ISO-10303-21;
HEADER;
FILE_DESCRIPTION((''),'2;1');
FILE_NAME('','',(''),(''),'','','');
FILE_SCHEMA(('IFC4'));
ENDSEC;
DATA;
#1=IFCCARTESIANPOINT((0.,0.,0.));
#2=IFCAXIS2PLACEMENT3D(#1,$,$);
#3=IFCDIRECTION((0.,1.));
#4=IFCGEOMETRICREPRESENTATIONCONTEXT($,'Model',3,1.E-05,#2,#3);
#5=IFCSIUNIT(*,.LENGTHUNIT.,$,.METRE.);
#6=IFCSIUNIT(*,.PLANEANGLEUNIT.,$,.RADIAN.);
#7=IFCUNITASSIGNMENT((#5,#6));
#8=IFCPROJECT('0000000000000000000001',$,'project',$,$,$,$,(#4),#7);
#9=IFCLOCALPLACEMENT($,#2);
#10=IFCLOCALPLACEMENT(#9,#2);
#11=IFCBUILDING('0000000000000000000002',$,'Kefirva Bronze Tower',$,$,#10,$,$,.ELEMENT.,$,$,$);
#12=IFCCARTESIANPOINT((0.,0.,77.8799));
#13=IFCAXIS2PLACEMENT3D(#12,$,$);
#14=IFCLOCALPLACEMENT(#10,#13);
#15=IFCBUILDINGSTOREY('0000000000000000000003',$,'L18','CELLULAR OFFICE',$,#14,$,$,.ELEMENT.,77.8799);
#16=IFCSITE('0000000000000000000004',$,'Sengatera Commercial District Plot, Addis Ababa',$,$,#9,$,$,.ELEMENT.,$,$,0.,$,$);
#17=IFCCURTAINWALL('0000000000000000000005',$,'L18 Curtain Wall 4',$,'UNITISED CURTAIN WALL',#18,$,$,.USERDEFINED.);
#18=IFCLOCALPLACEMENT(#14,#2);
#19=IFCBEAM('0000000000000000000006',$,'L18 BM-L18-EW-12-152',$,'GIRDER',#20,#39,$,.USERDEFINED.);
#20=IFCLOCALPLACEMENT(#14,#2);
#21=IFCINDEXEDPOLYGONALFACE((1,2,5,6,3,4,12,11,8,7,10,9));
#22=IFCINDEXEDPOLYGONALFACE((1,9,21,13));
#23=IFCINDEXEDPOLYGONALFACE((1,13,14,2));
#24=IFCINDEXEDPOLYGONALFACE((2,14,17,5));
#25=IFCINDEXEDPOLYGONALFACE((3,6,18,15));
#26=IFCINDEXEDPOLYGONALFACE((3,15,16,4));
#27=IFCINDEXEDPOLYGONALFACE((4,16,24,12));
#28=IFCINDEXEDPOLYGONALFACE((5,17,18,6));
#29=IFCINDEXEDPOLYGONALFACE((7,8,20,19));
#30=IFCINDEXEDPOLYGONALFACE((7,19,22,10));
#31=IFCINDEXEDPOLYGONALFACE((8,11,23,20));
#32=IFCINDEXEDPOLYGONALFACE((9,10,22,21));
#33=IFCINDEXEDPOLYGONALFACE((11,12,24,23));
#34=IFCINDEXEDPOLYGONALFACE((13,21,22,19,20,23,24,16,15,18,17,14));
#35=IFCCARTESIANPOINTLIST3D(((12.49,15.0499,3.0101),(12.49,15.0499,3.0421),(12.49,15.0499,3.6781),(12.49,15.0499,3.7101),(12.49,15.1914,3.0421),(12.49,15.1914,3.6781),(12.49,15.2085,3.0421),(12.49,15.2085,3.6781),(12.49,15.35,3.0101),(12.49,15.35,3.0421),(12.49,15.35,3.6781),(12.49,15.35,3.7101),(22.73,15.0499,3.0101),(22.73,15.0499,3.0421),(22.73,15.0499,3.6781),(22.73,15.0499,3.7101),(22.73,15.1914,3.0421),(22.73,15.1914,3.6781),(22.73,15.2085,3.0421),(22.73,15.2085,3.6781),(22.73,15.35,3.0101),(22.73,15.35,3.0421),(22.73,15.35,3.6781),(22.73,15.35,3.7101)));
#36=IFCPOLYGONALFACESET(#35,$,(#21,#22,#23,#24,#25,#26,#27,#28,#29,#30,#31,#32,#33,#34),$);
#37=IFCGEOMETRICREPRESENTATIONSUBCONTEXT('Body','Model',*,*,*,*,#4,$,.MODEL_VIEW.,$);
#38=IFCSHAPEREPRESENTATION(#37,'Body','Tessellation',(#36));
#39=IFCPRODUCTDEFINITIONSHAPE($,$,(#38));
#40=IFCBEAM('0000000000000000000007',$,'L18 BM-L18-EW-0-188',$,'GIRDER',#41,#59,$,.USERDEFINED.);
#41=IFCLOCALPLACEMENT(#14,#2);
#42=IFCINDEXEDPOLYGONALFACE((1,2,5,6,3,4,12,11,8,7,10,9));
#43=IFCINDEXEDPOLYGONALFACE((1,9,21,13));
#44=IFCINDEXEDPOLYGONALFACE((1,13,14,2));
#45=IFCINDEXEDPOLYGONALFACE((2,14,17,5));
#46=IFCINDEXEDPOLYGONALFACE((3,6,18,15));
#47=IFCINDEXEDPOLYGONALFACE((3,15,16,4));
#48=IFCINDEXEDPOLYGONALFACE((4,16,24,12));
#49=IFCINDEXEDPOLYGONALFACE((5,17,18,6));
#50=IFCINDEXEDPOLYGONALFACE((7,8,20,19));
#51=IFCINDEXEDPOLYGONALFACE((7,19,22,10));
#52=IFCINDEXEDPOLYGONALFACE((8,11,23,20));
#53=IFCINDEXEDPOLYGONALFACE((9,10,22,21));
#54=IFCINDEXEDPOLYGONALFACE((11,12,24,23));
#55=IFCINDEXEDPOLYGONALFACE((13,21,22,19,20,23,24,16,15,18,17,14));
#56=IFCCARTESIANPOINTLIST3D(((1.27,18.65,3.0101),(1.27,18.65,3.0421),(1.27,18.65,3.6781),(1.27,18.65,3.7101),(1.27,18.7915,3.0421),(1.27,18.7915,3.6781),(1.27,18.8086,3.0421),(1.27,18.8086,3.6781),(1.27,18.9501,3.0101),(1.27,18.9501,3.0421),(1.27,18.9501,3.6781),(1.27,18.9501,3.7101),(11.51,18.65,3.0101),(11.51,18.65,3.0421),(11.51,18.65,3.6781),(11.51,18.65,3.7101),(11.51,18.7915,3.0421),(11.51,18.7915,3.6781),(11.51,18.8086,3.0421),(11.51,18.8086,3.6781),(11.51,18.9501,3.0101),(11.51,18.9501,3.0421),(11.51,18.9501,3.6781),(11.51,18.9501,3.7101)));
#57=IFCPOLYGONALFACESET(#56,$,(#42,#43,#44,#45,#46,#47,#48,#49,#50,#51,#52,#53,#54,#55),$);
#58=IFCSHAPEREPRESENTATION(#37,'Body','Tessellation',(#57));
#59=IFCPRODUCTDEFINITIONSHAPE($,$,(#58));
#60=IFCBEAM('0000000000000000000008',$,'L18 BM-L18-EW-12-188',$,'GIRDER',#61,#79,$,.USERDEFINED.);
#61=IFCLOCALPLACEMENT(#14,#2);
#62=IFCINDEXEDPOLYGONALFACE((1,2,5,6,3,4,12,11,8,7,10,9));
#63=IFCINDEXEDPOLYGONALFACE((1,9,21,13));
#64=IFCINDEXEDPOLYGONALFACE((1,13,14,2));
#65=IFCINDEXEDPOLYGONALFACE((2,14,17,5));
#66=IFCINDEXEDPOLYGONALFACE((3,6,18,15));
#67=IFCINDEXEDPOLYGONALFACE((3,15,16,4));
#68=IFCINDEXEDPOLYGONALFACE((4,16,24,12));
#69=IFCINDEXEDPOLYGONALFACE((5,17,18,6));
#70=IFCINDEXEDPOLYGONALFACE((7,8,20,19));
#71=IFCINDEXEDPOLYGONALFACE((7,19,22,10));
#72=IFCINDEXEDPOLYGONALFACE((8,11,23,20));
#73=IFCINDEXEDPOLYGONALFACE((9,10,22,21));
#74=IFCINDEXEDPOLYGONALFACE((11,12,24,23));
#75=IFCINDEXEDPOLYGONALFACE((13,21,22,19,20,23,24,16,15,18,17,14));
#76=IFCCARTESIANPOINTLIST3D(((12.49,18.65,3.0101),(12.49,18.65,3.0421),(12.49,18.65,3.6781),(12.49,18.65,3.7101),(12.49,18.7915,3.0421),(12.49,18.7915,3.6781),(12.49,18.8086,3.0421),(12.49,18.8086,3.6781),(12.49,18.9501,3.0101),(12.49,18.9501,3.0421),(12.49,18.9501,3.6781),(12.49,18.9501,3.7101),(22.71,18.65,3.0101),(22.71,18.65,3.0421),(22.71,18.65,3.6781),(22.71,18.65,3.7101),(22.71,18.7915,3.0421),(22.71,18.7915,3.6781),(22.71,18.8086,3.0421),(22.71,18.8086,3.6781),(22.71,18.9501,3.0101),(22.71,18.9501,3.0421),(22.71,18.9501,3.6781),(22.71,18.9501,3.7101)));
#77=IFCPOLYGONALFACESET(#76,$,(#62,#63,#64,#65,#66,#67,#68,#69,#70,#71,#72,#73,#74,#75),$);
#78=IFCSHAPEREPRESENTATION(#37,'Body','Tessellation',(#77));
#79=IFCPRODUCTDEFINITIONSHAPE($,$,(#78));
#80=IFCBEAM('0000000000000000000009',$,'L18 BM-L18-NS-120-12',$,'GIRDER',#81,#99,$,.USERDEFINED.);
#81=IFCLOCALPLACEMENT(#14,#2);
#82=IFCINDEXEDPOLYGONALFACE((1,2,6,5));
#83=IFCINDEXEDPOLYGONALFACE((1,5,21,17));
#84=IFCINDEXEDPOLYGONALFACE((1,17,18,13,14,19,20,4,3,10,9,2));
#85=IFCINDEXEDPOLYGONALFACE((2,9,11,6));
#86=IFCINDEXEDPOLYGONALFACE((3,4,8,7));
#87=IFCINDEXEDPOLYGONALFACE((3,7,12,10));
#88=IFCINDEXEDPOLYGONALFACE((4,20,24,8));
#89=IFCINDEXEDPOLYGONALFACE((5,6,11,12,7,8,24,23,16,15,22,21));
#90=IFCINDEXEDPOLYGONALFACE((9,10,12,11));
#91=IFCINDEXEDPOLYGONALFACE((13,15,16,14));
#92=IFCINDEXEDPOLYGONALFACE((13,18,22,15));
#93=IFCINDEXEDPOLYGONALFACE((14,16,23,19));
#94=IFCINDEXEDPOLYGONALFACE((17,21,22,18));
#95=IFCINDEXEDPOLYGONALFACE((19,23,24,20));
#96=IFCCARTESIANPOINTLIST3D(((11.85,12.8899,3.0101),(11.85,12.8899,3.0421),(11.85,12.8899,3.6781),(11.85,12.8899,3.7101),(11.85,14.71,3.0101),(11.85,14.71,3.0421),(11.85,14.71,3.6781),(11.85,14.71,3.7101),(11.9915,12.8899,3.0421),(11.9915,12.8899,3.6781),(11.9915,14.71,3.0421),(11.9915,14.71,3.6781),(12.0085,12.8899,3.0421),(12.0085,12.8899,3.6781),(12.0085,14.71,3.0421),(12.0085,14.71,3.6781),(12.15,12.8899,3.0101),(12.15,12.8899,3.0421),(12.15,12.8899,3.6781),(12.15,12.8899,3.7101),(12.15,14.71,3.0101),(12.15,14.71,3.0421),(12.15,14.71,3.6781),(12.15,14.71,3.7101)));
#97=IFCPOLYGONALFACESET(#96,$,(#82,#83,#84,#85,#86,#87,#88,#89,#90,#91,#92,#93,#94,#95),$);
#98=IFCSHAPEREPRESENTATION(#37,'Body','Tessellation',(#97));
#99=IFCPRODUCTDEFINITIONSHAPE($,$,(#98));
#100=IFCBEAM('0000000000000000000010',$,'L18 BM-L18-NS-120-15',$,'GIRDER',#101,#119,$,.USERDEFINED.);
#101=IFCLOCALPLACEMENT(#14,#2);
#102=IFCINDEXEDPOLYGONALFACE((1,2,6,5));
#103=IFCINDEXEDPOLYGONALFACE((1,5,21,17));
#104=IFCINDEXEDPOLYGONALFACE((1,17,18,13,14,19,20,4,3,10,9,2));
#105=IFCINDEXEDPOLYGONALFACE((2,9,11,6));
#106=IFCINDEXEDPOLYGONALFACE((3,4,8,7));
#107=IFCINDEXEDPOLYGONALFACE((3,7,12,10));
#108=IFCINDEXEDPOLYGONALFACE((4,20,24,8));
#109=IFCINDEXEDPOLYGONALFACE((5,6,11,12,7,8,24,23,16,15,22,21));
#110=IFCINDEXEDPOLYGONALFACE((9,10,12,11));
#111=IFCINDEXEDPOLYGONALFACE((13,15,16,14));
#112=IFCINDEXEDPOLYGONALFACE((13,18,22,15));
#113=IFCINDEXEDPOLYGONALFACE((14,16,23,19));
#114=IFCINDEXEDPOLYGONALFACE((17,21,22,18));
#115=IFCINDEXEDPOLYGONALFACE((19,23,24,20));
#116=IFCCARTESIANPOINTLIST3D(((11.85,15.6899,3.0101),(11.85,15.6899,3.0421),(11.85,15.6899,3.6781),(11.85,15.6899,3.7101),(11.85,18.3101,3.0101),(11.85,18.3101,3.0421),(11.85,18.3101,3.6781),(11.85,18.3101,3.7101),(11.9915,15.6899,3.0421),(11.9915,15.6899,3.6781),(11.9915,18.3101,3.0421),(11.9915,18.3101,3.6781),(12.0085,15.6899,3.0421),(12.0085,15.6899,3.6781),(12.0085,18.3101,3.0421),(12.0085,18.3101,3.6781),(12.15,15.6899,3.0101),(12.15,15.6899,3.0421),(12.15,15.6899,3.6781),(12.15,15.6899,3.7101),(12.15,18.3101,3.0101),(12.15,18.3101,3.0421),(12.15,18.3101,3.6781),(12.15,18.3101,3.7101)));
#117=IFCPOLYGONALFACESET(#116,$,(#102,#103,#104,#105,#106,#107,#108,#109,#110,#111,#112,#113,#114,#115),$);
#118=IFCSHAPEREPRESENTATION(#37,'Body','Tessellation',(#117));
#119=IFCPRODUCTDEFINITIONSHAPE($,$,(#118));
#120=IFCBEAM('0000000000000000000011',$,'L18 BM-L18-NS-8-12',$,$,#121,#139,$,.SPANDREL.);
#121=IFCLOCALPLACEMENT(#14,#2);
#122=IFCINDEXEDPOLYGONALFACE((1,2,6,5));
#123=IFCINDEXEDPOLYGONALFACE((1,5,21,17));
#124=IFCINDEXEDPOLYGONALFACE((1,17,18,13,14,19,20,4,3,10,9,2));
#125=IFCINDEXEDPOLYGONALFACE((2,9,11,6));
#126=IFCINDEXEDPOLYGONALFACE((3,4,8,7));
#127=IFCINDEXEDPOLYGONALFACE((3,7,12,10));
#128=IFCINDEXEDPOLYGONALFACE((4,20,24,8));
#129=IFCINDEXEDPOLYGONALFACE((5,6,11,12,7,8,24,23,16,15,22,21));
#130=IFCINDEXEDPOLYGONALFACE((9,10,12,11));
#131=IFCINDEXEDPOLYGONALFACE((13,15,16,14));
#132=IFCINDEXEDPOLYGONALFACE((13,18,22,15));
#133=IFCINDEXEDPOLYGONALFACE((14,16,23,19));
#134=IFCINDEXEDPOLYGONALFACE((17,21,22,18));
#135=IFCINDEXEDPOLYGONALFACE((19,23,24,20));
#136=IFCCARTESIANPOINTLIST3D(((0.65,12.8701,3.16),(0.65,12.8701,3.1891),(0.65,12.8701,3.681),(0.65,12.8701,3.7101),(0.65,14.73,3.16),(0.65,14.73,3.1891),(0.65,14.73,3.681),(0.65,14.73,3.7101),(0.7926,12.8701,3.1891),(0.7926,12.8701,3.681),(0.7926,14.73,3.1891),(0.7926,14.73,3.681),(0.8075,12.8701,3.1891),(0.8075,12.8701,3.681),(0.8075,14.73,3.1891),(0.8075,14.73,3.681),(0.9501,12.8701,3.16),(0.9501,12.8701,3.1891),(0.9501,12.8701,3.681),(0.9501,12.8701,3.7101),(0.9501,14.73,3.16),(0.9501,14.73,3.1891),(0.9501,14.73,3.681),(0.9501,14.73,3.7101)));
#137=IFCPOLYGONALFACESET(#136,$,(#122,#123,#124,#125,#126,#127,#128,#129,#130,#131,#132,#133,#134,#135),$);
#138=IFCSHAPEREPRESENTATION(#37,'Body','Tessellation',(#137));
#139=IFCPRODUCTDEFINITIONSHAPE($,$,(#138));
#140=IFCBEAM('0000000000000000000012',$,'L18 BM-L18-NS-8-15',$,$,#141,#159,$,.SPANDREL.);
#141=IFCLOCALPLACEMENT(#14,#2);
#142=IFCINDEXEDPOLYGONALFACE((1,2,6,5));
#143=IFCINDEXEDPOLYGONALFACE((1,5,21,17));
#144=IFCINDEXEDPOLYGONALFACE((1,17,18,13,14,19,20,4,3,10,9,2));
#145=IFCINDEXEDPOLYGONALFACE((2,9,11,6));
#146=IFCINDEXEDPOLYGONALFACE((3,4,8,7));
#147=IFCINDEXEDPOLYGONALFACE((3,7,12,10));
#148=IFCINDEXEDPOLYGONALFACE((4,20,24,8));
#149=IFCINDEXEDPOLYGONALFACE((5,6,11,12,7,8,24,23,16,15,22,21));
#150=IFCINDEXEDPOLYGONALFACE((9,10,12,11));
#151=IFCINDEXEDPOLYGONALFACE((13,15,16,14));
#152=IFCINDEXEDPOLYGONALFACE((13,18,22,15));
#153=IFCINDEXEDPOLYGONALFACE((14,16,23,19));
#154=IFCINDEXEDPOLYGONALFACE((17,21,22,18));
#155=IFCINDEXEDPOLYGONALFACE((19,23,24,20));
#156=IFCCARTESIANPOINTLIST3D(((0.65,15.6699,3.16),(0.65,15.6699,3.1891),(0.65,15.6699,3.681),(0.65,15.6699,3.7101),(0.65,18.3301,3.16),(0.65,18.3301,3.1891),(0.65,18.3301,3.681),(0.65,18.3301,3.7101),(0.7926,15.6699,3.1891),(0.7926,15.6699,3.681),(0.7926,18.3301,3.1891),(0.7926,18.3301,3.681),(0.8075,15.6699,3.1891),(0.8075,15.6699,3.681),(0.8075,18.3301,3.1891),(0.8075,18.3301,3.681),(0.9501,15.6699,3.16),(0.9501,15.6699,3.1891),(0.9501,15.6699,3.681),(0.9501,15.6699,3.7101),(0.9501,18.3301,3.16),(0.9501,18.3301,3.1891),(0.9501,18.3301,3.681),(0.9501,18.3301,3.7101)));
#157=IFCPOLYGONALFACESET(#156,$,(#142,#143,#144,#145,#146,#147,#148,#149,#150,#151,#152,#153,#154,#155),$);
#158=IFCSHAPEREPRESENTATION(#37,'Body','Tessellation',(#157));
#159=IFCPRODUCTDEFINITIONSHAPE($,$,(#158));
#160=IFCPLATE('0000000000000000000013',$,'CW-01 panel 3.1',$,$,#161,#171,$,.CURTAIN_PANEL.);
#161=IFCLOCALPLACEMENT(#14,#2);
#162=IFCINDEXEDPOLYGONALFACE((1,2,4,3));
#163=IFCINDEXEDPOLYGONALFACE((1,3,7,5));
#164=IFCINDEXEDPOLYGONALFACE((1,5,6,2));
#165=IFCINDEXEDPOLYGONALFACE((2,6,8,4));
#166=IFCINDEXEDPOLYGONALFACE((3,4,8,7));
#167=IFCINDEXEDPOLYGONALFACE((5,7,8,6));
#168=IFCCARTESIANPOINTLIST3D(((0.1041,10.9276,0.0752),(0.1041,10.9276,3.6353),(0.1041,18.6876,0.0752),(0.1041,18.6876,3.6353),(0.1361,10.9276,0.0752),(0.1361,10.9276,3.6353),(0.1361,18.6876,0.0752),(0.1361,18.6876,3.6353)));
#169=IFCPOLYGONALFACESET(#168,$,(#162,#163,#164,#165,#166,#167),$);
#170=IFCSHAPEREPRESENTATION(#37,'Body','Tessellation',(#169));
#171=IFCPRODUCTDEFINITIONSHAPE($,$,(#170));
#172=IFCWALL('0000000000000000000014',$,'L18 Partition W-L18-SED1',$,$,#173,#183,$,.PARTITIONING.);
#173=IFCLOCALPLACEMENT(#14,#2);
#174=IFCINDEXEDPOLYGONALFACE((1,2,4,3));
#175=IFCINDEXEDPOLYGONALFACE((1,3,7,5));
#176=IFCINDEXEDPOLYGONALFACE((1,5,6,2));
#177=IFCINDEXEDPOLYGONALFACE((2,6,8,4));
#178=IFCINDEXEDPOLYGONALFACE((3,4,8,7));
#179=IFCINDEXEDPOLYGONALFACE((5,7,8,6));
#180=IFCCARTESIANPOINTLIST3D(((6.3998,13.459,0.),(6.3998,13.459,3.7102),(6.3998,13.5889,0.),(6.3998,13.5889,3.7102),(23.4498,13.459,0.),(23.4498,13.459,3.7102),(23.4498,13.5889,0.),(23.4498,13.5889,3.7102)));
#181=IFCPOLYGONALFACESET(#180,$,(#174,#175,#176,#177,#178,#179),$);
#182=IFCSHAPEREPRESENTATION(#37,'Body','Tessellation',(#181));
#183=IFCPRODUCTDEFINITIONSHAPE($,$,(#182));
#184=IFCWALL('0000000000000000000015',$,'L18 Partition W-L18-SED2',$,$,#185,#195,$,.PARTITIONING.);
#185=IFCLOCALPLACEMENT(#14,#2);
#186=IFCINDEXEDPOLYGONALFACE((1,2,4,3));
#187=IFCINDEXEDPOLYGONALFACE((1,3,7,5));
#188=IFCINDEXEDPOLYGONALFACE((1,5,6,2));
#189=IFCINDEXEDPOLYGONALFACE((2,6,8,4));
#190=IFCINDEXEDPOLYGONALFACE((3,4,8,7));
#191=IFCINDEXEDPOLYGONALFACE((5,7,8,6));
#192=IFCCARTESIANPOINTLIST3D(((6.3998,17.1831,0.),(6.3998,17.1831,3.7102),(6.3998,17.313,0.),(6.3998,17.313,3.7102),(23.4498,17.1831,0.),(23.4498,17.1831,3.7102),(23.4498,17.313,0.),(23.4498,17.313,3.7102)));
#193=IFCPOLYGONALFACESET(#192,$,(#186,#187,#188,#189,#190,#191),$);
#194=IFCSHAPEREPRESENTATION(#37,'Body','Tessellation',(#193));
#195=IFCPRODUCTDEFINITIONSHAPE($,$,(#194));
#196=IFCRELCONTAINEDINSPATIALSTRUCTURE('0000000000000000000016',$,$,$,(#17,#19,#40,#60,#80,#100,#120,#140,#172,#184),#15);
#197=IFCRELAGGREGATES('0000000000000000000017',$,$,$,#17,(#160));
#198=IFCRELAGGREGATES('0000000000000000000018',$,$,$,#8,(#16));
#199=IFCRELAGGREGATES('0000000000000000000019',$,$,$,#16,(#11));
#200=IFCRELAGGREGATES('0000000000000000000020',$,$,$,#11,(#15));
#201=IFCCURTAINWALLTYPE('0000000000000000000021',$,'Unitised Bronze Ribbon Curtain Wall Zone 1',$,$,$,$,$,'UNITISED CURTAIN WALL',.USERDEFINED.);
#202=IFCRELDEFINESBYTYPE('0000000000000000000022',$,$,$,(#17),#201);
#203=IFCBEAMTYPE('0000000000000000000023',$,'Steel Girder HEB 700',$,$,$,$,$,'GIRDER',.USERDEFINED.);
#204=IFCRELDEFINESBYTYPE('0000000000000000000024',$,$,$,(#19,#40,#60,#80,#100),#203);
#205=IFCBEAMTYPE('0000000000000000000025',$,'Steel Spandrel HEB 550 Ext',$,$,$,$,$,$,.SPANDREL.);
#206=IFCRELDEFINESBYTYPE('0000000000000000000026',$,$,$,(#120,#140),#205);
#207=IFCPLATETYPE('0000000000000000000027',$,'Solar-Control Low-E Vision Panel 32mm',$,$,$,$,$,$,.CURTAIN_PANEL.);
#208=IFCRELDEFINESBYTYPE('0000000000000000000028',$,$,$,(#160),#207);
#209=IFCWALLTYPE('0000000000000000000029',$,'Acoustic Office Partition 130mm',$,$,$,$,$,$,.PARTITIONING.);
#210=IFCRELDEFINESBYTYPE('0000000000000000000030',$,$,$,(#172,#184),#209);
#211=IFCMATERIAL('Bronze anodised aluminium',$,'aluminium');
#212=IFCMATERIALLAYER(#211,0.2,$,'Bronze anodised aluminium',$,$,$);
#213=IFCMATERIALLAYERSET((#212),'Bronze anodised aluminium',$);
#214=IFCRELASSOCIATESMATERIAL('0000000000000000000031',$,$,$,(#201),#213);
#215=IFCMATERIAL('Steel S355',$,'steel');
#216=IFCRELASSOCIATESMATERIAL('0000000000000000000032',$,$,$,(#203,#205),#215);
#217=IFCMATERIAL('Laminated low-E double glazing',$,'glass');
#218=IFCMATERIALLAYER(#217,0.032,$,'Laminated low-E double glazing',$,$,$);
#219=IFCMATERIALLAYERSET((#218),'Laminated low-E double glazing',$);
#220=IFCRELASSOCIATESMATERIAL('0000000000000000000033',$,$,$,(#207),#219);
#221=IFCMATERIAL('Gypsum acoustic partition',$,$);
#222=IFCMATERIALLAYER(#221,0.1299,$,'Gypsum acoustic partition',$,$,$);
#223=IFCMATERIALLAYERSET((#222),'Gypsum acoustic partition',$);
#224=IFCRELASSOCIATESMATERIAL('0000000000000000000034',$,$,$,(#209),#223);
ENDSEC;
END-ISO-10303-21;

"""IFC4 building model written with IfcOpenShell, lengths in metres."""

from ifc_helpers import new_model, si_unit, direction, frame, frame_2d, origin, origin_2d, place, context, subcontext, project, spatial, rectangle, i_section, extrude, material, layer, layer_set, material_profile, profile_set, type_object, element, aggregate, save


model = new_model("IFC4")

# Units and contexts
model_context = context("Model", 3, precision=1e-05, world=origin(), true_north=direction((0.0, 1.0)))
body_context = subcontext(model_context, "Body", "Model", "MODEL_VIEW")
ifc_project = project(units=[si_unit("LENGTHUNIT", "METRE"), si_unit("PLANEANGLEUNIT", "RADIAN")], contexts=[model_context])

# Site, building, storey
site_placement = place(None, origin())
site = spatial("IfcSite", under=ifc_project, at=site_placement, Name="Sengatera Commercial District Plot, Addis Ababa", CompositionType="ELEMENT", RefElevation=0.0)
building_placement = place(site_placement, origin())
building = spatial("IfcBuilding", under=site, at=building_placement, Name="Kefirva Bronze Tower", CompositionType="ELEMENT")
storey_placement = place(building_placement, frame((0.0, 0.0, 77.8799)))
storey = spatial("IfcBuildingStorey", under=building, at=storey_placement, Name="L18", Description="CELLULAR OFFICE", CompositionType="ELEMENT", Elevation=77.8799)

# Curtain wall
ifc_material_1 = material(Name="Bronze anodised aluminium", Category="aluminium")
ifc_layer_1 = layer(ifc_material_1, 0.2, Name="Bronze anodised aluminium")
ifc_layer_set_1 = layer_set([ifc_layer_1], Name="Bronze anodised aluminium")
curtain_wall_type = type_object("IfcCurtainWallType", Name="Unitised Bronze Ribbon Curtain Wall Zone 1", ElementType="UNITISED CURTAIN WALL", PredefinedType="USERDEFINED", material=ifc_layer_set_1)
curtain_wall_placement = place(storey_placement, origin())
curtain_wall = element("IfcCurtainWall", 1, at=curtain_wall_placement, inside=storey, type_object=curtain_wall_type, Name="L18 Curtain Wall 4", ObjectType="UNITISED CURTAIN WALL", PredefinedType="USERDEFINED")

# Beams
ifc_material_2 = material(Name="Steel S355", Category="steel")
ifc_material_profile_1 = material_profile(ifc_material_2, i_section(OverallWidth=0.3, OverallDepth=0.7, WebThickness=0.0171, FlangeThickness=0.032, at=origin_2d()), Name="HEB 700")
ifc_profile_set_1 = profile_set([ifc_material_profile_1], Name="Steel S355")
beam_type_1 = type_object("IfcBeamType", Name="Steel Girder HEB 700", ElementType="GIRDER", PredefinedType="USERDEFINED", material=ifc_profile_set_1)
for number, where, z_axis, x_axis, name in (
    (2, (12.49, 15.2, 3.3601), (1.0, 0.0, 0.0), (0.0, 1.0, 0.0), "L18 BM-L18-EW-12-152"),
    (3, (1.27, 18.8, 3.3601), (1.0, 0.0, 0.0), (0.0, 1.0, 0.0), "L18 BM-L18-EW-0-188"),
):
    element("IfcBeam", number, at=place(storey_placement, frame(where, z_axis=z_axis, x_axis=x_axis)), inside=storey, type_object=beam_type_1, Name=name, ObjectType="GIRDER", PredefinedType="USERDEFINED", context=body_context, shape_type="SweptSolid", body=[
        extrude(i_section(OverallWidth=0.3, OverallDepth=0.7, WebThickness=0.0171, FlangeThickness=0.032, at=origin_2d()), origin(), (0.0, 0.0, 1.0), 10.24),
    ])
beam_1_placement = place(storey_placement, frame((12.49, 18.8, 3.3601), z_axis=(1.0, 0.0, 0.0), x_axis=(0.0, 1.0, 0.0)))
element("IfcBeam", 4, at=beam_1_placement, inside=storey, type_object=beam_type_1, Name="L18 BM-L18-EW-12-188", ObjectType="GIRDER", PredefinedType="USERDEFINED", context=body_context, shape_type="SweptSolid", body=[
    extrude(i_section(OverallWidth=0.3, OverallDepth=0.7, WebThickness=0.0171, FlangeThickness=0.032, at=origin_2d()), origin(), (0.0, 0.0, 1.0), 10.22),
])
beam_2_placement = place(storey_placement, frame((12.0, 12.8899, 3.3601), z_axis=(0.0, 1.0, 0.0), x_axis=(-1.0, 0.0, 0.0)))
element("IfcBeam", 5, at=beam_2_placement, inside=storey, type_object=beam_type_1, Name="L18 BM-L18-NS-120-12", ObjectType="GIRDER", PredefinedType="USERDEFINED", context=body_context, shape_type="SweptSolid", body=[
    extrude(i_section(OverallWidth=0.3, OverallDepth=0.7, WebThickness=0.0171, FlangeThickness=0.032, at=origin_2d()), origin(), (0.0, 0.0, 1.0), 1.8201),
])
beam_3_placement = place(storey_placement, frame((12.0, 15.6899, 3.3601), z_axis=(0.0, 1.0, 0.0), x_axis=(-1.0, 0.0, 0.0)))
element("IfcBeam", 6, at=beam_3_placement, inside=storey, type_object=beam_type_1, Name="L18 BM-L18-NS-120-15", ObjectType="GIRDER", PredefinedType="USERDEFINED", context=body_context, shape_type="SweptSolid", body=[
    extrude(i_section(OverallWidth=0.3, OverallDepth=0.7, WebThickness=0.0171, FlangeThickness=0.032, at=origin_2d()), origin(), (0.0, 0.0, 1.0), 2.6201),
])
ifc_material_profile_2 = material_profile(ifc_material_2, i_section(OverallWidth=0.3, OverallDepth=0.55, WebThickness=0.0149, FlangeThickness=0.0291, at=origin_2d()), Name="HEB 550")
ifc_profile_set_2 = profile_set([ifc_material_profile_2], Name="Steel S355")
beam_type_2 = type_object("IfcBeamType", Name="Steel Spandrel HEB 550 Ext", PredefinedType="SPANDREL", material=ifc_profile_set_2)
beam_4_placement = place(storey_placement, frame((0.8, 12.8701, 3.4351), z_axis=(0.0, 1.0, 0.0), x_axis=(-1.0, 0.0, 0.0)))
element("IfcBeam", 7, at=beam_4_placement, inside=storey, type_object=beam_type_2, Name="L18 BM-L18-NS-8-12", PredefinedType="SPANDREL", context=body_context, shape_type="SweptSolid", body=[
    extrude(i_section(OverallWidth=0.3, OverallDepth=0.55, WebThickness=0.0149, FlangeThickness=0.0291, at=origin_2d()), origin(), (0.0, 0.0, 1.0), 1.8599),
])
beam_5_placement = place(storey_placement, frame((0.8, 15.6699, 3.4351), z_axis=(0.0, 1.0, 0.0), x_axis=(-1.0, 0.0, 0.0)))
element("IfcBeam", 8, at=beam_5_placement, inside=storey, type_object=beam_type_2, Name="L18 BM-L18-NS-8-15", PredefinedType="SPANDREL", context=body_context, shape_type="SweptSolid", body=[
    extrude(i_section(OverallWidth=0.3, OverallDepth=0.55, WebThickness=0.0149, FlangeThickness=0.0291, at=origin_2d()), origin(), (0.0, 0.0, 1.0), 2.6602),
])

# Plate
ifc_material_3 = material(Name="Laminated low-E double glazing", Category="glass")
ifc_layer_2 = layer(ifc_material_3, 0.032, Name="Laminated low-E double glazing")
ifc_layer_set_2 = layer_set([ifc_layer_2], Name="Laminated low-E double glazing")
plate_type = type_object("IfcPlateType", Name="Solar-Control Low-E Vision Panel 32mm", PredefinedType="CURTAIN_PANEL", material=ifc_layer_set_2)
plate_placement = place(storey_placement, frame((0.1201, 14.8076, 0.0752), z_axis=(0.0, 0.0, 1.0), x_axis=(0.0, -1.0, 0.0)))
plate = element("IfcPlate", 9, at=plate_placement, type_object=plate_type, Name="CW-01 panel 3.1", PredefinedType="CURTAIN_PANEL", context=body_context, shape_type="SweptSolid", body=[
    extrude(rectangle(XDim=7.76, YDim=0.032, at=origin_2d()), origin(), (0.0, 0.0, 1.0), 3.5601),
])
aggregate(curtain_wall, [plate])

# Walls
ifc_material_4 = material(Name="Gypsum acoustic partition")
ifc_layer_3 = layer(ifc_material_4, 0.1299, Name="Gypsum acoustic partition")
ifc_layer_set_3 = layer_set([ifc_layer_3], Name="Gypsum acoustic partition")
wall_type = type_object("IfcWallType", Name="Acoustic Office Partition 130mm", PredefinedType="PARTITIONING", material=ifc_layer_set_3)
for number, where, z_axis, x_axis, name in (
    (10, (6.3999, 13.5239, 0.0), (0.0, 0.0, 1.0), (1.0, 0.0, 0.0), "L18 Partition W-L18-SED1"),
    (11, (6.3999, 17.248, 0.0), (0.0, 0.0, 1.0), (1.0, 0.0, 0.0), "L18 Partition W-L18-SED2"),
):
    element("IfcWall", number, at=place(storey_placement, frame(where, z_axis=z_axis, x_axis=x_axis)), inside=storey, type_object=wall_type, Name=name, PredefinedType="PARTITIONING", context=body_context, shape_type="SweptSolid", body=[
        extrude(rectangle(XDim=17.05, YDim=0.1299, at=frame_2d((8.5249, 0.0))), origin(), (0.0, 0.0, 1.0), 3.7102),
    ])

save(model, "model.ifc")
